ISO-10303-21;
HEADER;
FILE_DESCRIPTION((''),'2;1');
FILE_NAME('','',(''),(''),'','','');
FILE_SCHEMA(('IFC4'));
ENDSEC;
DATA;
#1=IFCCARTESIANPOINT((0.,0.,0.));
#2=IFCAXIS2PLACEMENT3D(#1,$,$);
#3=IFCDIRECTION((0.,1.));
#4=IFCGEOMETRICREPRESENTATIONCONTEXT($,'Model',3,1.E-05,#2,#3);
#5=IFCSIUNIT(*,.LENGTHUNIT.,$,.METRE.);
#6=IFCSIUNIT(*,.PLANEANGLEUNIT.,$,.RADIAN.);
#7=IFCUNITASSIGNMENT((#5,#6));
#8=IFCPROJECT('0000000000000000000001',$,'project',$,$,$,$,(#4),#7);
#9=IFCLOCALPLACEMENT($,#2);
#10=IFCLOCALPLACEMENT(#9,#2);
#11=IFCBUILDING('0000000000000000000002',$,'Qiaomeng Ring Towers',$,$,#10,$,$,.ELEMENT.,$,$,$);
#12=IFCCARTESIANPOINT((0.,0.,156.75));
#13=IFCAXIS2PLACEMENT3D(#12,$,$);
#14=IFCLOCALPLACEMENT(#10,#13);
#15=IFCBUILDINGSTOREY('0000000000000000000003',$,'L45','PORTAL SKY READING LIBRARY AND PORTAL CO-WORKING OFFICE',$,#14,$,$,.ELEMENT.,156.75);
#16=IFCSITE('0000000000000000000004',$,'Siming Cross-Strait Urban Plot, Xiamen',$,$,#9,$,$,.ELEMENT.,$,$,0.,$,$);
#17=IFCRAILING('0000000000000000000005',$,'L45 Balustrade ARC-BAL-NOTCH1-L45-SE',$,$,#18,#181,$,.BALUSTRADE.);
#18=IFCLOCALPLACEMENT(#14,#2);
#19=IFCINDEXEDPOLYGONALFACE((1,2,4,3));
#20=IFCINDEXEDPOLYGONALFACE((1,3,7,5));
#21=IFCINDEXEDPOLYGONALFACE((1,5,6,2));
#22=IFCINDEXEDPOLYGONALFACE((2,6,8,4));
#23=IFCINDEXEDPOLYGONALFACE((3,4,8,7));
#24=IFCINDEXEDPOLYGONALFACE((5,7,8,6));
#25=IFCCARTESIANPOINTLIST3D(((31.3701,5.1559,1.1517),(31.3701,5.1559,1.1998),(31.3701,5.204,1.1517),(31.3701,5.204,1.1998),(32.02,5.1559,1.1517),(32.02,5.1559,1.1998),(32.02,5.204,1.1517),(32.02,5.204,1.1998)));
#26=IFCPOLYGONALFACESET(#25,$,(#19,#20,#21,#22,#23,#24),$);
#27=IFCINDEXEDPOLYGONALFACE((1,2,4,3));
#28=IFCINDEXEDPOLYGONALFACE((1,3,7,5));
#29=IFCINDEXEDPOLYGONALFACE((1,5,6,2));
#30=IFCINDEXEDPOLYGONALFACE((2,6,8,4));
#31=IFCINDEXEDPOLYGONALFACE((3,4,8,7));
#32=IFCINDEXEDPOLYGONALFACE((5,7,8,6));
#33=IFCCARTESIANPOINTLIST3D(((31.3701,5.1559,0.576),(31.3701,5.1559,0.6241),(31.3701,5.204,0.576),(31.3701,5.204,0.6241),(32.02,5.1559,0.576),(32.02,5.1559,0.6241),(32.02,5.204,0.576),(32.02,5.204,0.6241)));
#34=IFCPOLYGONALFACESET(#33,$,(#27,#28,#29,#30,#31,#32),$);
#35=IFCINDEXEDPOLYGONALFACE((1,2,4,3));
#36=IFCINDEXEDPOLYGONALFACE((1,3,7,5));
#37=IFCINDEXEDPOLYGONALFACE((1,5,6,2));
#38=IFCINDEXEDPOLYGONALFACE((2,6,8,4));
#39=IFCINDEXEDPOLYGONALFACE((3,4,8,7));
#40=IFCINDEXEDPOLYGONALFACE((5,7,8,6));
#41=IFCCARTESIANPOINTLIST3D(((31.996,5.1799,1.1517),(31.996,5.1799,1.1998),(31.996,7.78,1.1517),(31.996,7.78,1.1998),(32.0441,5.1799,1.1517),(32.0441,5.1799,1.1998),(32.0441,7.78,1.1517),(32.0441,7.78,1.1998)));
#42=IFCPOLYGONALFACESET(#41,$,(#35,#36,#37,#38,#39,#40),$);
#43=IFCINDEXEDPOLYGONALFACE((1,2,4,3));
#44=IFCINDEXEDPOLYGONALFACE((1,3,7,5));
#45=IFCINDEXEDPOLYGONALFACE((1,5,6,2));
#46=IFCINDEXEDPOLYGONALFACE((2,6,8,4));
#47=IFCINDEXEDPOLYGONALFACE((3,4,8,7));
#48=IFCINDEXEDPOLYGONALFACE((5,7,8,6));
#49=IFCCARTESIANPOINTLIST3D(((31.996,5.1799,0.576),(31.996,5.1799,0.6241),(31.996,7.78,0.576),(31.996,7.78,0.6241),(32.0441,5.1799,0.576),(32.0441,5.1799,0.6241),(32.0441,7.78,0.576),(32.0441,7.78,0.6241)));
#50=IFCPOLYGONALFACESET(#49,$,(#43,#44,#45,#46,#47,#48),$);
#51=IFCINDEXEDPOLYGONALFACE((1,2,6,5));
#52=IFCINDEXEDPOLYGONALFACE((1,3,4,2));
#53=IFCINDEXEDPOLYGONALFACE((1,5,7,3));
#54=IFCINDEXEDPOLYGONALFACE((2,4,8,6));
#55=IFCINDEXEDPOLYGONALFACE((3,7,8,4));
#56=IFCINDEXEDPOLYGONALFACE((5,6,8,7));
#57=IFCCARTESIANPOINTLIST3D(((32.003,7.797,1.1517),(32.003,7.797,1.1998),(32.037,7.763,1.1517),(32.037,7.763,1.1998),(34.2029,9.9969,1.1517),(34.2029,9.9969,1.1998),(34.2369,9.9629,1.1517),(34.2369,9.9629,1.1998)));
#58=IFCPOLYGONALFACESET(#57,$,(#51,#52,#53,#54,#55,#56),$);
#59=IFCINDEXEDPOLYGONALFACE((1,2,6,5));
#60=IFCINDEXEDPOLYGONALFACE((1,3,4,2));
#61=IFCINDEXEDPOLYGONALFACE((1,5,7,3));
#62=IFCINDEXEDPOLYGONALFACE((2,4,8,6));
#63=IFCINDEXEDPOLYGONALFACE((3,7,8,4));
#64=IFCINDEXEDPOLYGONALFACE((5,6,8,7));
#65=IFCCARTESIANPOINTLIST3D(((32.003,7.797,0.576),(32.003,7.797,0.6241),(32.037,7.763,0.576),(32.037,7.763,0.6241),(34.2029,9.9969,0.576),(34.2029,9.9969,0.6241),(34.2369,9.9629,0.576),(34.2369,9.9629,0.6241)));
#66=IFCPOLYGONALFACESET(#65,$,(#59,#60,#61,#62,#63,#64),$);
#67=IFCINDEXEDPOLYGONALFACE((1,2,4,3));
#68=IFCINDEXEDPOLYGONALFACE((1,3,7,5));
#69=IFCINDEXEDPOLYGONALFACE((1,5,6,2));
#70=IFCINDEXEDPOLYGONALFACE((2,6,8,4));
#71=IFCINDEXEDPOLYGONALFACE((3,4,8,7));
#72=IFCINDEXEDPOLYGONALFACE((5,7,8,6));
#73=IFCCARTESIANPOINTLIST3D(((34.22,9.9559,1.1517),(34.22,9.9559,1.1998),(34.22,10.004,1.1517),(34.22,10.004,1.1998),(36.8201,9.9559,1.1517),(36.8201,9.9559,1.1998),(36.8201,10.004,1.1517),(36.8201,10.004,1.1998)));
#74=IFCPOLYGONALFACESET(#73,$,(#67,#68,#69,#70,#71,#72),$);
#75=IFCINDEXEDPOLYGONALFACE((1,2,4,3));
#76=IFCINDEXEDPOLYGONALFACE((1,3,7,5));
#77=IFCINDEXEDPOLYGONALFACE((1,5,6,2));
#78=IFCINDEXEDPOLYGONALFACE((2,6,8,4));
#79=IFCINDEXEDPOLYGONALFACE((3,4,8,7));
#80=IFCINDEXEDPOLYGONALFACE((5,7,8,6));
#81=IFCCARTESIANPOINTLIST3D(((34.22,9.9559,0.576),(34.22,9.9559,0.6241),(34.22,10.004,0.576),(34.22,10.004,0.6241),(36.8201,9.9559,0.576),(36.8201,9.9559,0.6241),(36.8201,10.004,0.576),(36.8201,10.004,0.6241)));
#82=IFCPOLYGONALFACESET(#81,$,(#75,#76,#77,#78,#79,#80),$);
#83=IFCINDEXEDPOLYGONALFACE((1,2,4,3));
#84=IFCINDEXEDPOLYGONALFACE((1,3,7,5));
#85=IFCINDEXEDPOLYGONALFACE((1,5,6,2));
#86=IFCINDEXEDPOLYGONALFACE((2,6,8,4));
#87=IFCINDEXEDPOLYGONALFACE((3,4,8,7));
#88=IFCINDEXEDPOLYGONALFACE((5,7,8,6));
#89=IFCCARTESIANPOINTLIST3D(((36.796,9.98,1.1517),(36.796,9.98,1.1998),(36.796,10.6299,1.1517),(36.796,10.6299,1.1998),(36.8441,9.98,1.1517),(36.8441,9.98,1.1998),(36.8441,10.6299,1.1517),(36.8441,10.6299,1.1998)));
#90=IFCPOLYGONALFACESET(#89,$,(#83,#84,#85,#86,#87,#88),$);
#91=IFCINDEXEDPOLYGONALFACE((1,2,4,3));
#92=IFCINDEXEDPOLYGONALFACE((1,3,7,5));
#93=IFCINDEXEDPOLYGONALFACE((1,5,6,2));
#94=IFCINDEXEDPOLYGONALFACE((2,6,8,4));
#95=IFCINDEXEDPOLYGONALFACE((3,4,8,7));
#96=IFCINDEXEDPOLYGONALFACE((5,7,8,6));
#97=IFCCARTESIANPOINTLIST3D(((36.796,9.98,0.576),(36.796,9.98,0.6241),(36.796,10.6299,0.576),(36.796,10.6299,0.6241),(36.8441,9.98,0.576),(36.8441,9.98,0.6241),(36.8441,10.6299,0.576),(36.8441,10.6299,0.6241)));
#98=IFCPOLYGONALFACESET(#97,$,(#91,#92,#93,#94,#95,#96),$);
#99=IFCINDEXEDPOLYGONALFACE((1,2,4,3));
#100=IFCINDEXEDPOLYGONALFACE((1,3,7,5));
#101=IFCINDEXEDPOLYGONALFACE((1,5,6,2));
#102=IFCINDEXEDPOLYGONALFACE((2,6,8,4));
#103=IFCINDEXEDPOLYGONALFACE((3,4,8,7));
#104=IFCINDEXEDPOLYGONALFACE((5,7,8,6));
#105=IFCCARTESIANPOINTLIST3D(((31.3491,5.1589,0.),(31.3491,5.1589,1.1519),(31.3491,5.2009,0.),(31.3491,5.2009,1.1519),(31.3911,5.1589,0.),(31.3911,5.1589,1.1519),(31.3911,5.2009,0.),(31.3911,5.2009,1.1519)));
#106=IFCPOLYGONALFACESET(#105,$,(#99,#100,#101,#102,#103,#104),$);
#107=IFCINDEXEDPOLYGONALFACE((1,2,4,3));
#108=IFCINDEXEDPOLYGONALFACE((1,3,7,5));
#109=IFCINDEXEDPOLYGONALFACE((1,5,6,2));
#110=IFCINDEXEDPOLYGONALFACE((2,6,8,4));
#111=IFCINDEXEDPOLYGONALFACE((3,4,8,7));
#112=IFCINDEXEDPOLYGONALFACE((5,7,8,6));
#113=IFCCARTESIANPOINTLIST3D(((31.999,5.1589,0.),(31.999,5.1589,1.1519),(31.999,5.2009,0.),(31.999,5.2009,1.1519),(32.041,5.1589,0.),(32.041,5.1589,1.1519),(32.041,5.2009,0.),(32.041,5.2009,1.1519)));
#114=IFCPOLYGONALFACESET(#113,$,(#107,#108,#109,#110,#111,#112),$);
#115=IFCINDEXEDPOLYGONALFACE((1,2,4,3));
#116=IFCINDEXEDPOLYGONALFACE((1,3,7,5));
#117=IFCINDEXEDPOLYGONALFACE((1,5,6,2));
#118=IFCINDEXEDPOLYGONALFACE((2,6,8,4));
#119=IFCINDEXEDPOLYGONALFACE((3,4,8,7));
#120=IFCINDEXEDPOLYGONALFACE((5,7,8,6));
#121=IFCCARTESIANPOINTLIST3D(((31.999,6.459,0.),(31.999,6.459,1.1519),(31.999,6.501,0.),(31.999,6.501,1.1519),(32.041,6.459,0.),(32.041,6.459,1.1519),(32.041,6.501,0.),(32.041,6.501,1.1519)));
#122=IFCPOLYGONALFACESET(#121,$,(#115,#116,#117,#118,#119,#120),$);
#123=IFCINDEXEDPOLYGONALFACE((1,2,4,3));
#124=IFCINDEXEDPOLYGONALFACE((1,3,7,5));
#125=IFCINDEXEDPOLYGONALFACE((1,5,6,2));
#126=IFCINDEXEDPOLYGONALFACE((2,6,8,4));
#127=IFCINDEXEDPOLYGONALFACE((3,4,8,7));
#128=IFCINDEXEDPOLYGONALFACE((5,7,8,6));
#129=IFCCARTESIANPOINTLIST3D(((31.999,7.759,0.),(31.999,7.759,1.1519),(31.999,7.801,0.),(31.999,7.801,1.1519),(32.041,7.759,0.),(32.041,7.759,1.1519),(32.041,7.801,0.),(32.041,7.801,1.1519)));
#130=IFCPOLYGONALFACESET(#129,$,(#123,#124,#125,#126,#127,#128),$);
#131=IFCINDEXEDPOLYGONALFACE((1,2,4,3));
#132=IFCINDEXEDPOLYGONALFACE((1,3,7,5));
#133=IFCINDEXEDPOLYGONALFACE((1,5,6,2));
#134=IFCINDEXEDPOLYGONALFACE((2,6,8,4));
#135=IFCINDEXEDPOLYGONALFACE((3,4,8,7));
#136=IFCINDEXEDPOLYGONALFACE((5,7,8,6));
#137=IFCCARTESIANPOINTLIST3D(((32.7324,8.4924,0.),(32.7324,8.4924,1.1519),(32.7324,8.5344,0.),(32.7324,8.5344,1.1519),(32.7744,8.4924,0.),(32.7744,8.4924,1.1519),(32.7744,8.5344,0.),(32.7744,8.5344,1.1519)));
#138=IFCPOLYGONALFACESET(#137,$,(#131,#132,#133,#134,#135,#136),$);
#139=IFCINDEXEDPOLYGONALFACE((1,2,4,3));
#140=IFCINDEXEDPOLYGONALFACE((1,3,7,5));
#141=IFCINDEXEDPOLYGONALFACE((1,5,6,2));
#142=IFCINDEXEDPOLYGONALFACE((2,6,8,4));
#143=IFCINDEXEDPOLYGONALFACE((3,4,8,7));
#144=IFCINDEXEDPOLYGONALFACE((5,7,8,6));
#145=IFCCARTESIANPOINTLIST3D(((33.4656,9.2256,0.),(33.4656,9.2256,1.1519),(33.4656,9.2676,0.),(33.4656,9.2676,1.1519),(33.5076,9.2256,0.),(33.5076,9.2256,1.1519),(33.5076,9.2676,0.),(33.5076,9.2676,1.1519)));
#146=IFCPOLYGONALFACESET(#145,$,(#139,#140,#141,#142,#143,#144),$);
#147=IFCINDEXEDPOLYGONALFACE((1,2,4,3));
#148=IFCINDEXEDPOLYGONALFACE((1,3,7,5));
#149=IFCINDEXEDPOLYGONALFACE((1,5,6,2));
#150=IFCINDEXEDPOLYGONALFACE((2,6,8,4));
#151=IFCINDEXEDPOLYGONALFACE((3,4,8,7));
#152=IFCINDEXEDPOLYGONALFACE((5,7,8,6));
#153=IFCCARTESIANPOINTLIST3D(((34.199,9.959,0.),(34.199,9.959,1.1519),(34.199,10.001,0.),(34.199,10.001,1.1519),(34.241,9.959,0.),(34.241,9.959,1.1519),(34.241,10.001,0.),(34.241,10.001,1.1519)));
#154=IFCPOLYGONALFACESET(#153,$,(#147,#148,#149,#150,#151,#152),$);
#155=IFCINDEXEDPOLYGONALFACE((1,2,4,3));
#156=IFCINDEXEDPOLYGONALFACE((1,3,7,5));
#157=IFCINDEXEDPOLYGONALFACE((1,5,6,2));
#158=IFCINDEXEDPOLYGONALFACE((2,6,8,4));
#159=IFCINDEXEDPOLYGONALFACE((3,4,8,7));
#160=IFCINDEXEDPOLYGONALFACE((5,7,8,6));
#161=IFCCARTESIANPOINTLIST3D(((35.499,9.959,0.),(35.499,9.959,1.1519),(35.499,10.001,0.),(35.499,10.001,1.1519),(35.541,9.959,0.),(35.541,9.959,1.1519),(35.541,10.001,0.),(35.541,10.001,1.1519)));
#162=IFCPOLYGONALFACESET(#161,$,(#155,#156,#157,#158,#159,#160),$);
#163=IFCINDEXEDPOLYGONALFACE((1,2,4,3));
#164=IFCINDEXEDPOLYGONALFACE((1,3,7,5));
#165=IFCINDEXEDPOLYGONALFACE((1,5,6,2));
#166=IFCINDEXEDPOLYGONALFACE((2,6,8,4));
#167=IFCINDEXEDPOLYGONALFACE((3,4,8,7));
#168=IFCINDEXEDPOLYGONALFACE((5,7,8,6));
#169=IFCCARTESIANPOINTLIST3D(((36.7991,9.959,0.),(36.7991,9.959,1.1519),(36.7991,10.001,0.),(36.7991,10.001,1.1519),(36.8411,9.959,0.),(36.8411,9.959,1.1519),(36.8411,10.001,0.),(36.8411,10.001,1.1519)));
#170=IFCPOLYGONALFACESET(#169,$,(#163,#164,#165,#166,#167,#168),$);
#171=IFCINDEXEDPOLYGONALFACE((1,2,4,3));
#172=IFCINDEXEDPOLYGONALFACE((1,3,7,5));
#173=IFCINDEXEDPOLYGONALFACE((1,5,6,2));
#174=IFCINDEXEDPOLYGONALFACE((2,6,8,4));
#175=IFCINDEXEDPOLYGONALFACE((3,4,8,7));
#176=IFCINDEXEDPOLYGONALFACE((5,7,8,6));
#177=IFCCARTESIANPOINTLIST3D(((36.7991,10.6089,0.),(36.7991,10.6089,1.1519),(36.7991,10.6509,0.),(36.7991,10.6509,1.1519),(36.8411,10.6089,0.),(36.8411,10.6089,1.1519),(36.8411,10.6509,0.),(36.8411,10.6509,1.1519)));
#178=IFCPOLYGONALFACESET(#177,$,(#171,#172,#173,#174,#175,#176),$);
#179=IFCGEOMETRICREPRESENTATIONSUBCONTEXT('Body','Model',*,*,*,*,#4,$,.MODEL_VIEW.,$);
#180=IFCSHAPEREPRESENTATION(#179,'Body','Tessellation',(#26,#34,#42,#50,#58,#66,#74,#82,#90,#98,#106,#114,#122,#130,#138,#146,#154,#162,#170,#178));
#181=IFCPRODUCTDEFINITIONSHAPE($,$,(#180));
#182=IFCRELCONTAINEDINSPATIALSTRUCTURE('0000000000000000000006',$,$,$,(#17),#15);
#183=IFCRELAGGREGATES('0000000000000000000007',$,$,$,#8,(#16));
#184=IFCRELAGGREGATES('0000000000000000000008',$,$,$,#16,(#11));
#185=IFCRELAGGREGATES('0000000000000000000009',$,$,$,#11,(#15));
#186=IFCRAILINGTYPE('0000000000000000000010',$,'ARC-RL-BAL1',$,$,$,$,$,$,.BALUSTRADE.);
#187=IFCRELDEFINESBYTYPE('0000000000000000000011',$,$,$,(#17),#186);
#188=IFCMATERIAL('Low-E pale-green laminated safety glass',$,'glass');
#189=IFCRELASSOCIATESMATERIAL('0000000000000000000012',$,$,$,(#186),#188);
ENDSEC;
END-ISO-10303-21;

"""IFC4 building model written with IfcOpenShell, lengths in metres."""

from ifc_helpers import new_model, si_unit, direction, frame, origin, origin_2d, place, context, subcontext, project, spatial, rectangle, extrude, material, type_object, element, save


model = new_model("IFC4")

# Units and contexts
model_context = context("Model", 3, precision=1e-05, world=origin(), true_north=direction((0.0, 1.0)))
body_context = subcontext(model_context, "Body", "Model", "MODEL_VIEW")
ifc_project = project(units=[si_unit("LENGTHUNIT", "METRE"), si_unit("PLANEANGLEUNIT", "RADIAN")], contexts=[model_context])

# Site, building, storey
site_placement = place(None, origin())
site = spatial("IfcSite", under=ifc_project, at=site_placement, Name="Siming Cross-Strait Urban Plot, Xiamen", CompositionType="ELEMENT", RefElevation=0.0)
building_placement = place(site_placement, origin())
building = spatial("IfcBuilding", under=site, at=building_placement, Name="Qiaomeng Ring Towers", CompositionType="ELEMENT")
storey_placement = place(building_placement, frame((0.0, 0.0, 156.75)))
storey = spatial("IfcBuildingStorey", under=building, at=storey_placement, Name="L45", Description="PORTAL SKY READING LIBRARY AND PORTAL CO-WORKING OFFICE", CompositionType="ELEMENT", Elevation=156.75)

# Railing
ifc_material_1 = material(Name="Low-E pale-green laminated safety glass", Category="glass")
railing_type = type_object("IfcRailingType", Name="ARC-RL-BAL1", PredefinedType="BALUSTRADE", material=ifc_material_1)
railing_placement = place(storey_placement, frame((31.3701, 5.1799, 0.0)))
element("IfcRailing", 1, at=railing_placement, inside=storey, type_object=railing_type, Name="L45 Balustrade ARC-BAL-NOTCH1-L45-SE", PredefinedType="BALUSTRADE", context=body_context, shape_type="SweptSolid", body=[
    extrude(rectangle(XDim=0.0481, YDim=0.0481, at=origin_2d()), frame((0.0, 0.0, 1.1758), z_axis=(1.0, 0.0, 0.0), x_axis=(0.0, 1.0, 0.0)), (0.0, 0.0, 1.0), 0.6499),
    extrude(rectangle(XDim=0.0481, YDim=0.0481, at=origin_2d()), frame((0.0, 0.0, 0.6001), z_axis=(1.0, 0.0, 0.0), x_axis=(0.0, 1.0, 0.0)), (0.0, 0.0, 1.0), 0.6499),
    extrude(rectangle(XDim=0.0481, YDim=0.0481, at=origin_2d()), frame((0.6499, 0.0, 1.1758), z_axis=(0.0, 1.0, 0.0), x_axis=(-1.0, 0.0, 0.0)), (0.0, 0.0, 1.0), 2.6001),
    extrude(rectangle(XDim=0.0481, YDim=0.0481, at=origin_2d()), frame((0.6499, 0.0, 0.6001), z_axis=(0.0, 1.0, 0.0), x_axis=(-1.0, 0.0, 0.0)), (0.0, 0.0, 1.0), 2.6001),
    extrude(rectangle(XDim=0.0481, YDim=0.0481, at=origin_2d()), frame((0.6499, 2.6001, 1.1758), z_axis=(0.707107, 0.707107, 0.0), x_axis=(-0.707107, 0.707107, 0.0)), (0.0, 0.0, 1.0), 3.1111),
    extrude(rectangle(XDim=0.0481, YDim=0.0481, at=origin_2d()), frame((0.6499, 2.6001, 0.6001), z_axis=(0.707107, 0.707107, 0.0), x_axis=(-0.707107, 0.707107, 0.0)), (0.0, 0.0, 1.0), 3.1111),
    extrude(rectangle(XDim=0.0481, YDim=0.0481, at=origin_2d()), frame((2.8499, 4.8, 1.1758), z_axis=(1.0, 0.0, 0.0), x_axis=(0.0, 1.0, 0.0)), (0.0, 0.0, 1.0), 2.6001),
    extrude(rectangle(XDim=0.0481, YDim=0.0481, at=origin_2d()), frame((2.8499, 4.8, 0.6001), z_axis=(1.0, 0.0, 0.0), x_axis=(0.0, 1.0, 0.0)), (0.0, 0.0, 1.0), 2.6001),
    extrude(rectangle(XDim=0.0481, YDim=0.0481, at=origin_2d()), frame((5.45, 4.8, 1.1758), z_axis=(0.0, 1.0, 0.0), x_axis=(-1.0, 0.0, 0.0)), (0.0, 0.0, 1.0), 0.6499),
    extrude(rectangle(XDim=0.0481, YDim=0.0481, at=origin_2d()), frame((5.45, 4.8, 0.6001), z_axis=(0.0, 1.0, 0.0), x_axis=(-1.0, 0.0, 0.0)), (0.0, 0.0, 1.0), 0.6499),
    extrude(rectangle(XDim=0.042, YDim=0.042, at=origin_2d()), origin(), (0.0, 0.0, 1.0), 1.1519),
    extrude(rectangle(XDim=0.042, YDim=0.042, at=origin_2d()), frame((0.6499, 0.0, 0.0)), (0.0, 0.0, 1.0), 1.1519),
    extrude(rectangle(XDim=0.042, YDim=0.042, at=origin_2d()), frame((0.6499, 1.3, 0.0)), (0.0, 0.0, 1.0), 1.1519),
    extrude(rectangle(XDim=0.042, YDim=0.042, at=origin_2d()), frame((0.6499, 2.6001, 0.0)), (0.0, 0.0, 1.0), 1.1519),
    extrude(rectangle(XDim=0.042, YDim=0.042, at=origin_2d()), frame((1.3833, 3.3335, 0.0)), (0.0, 0.0, 1.0), 1.1519),
    extrude(rectangle(XDim=0.042, YDim=0.042, at=origin_2d()), frame((2.1165, 4.0667, 0.0)), (0.0, 0.0, 1.0), 1.1519),
    extrude(rectangle(XDim=0.042, YDim=0.042, at=origin_2d()), frame((2.8499, 4.8, 0.0)), (0.0, 0.0, 1.0), 1.1519),
    extrude(rectangle(XDim=0.042, YDim=0.042, at=origin_2d()), frame((4.1499, 4.8, 0.0)), (0.0, 0.0, 1.0), 1.1519),
    extrude(rectangle(XDim=0.042, YDim=0.042, at=origin_2d()), frame((5.45, 4.8, 0.0)), (0.0, 0.0, 1.0), 1.1519),
    extrude(rectangle(XDim=0.042, YDim=0.042, at=origin_2d()), frame((5.45, 5.45, 0.0)), (0.0, 0.0, 1.0), 1.1519),
])

save(model, "model.ifc")
